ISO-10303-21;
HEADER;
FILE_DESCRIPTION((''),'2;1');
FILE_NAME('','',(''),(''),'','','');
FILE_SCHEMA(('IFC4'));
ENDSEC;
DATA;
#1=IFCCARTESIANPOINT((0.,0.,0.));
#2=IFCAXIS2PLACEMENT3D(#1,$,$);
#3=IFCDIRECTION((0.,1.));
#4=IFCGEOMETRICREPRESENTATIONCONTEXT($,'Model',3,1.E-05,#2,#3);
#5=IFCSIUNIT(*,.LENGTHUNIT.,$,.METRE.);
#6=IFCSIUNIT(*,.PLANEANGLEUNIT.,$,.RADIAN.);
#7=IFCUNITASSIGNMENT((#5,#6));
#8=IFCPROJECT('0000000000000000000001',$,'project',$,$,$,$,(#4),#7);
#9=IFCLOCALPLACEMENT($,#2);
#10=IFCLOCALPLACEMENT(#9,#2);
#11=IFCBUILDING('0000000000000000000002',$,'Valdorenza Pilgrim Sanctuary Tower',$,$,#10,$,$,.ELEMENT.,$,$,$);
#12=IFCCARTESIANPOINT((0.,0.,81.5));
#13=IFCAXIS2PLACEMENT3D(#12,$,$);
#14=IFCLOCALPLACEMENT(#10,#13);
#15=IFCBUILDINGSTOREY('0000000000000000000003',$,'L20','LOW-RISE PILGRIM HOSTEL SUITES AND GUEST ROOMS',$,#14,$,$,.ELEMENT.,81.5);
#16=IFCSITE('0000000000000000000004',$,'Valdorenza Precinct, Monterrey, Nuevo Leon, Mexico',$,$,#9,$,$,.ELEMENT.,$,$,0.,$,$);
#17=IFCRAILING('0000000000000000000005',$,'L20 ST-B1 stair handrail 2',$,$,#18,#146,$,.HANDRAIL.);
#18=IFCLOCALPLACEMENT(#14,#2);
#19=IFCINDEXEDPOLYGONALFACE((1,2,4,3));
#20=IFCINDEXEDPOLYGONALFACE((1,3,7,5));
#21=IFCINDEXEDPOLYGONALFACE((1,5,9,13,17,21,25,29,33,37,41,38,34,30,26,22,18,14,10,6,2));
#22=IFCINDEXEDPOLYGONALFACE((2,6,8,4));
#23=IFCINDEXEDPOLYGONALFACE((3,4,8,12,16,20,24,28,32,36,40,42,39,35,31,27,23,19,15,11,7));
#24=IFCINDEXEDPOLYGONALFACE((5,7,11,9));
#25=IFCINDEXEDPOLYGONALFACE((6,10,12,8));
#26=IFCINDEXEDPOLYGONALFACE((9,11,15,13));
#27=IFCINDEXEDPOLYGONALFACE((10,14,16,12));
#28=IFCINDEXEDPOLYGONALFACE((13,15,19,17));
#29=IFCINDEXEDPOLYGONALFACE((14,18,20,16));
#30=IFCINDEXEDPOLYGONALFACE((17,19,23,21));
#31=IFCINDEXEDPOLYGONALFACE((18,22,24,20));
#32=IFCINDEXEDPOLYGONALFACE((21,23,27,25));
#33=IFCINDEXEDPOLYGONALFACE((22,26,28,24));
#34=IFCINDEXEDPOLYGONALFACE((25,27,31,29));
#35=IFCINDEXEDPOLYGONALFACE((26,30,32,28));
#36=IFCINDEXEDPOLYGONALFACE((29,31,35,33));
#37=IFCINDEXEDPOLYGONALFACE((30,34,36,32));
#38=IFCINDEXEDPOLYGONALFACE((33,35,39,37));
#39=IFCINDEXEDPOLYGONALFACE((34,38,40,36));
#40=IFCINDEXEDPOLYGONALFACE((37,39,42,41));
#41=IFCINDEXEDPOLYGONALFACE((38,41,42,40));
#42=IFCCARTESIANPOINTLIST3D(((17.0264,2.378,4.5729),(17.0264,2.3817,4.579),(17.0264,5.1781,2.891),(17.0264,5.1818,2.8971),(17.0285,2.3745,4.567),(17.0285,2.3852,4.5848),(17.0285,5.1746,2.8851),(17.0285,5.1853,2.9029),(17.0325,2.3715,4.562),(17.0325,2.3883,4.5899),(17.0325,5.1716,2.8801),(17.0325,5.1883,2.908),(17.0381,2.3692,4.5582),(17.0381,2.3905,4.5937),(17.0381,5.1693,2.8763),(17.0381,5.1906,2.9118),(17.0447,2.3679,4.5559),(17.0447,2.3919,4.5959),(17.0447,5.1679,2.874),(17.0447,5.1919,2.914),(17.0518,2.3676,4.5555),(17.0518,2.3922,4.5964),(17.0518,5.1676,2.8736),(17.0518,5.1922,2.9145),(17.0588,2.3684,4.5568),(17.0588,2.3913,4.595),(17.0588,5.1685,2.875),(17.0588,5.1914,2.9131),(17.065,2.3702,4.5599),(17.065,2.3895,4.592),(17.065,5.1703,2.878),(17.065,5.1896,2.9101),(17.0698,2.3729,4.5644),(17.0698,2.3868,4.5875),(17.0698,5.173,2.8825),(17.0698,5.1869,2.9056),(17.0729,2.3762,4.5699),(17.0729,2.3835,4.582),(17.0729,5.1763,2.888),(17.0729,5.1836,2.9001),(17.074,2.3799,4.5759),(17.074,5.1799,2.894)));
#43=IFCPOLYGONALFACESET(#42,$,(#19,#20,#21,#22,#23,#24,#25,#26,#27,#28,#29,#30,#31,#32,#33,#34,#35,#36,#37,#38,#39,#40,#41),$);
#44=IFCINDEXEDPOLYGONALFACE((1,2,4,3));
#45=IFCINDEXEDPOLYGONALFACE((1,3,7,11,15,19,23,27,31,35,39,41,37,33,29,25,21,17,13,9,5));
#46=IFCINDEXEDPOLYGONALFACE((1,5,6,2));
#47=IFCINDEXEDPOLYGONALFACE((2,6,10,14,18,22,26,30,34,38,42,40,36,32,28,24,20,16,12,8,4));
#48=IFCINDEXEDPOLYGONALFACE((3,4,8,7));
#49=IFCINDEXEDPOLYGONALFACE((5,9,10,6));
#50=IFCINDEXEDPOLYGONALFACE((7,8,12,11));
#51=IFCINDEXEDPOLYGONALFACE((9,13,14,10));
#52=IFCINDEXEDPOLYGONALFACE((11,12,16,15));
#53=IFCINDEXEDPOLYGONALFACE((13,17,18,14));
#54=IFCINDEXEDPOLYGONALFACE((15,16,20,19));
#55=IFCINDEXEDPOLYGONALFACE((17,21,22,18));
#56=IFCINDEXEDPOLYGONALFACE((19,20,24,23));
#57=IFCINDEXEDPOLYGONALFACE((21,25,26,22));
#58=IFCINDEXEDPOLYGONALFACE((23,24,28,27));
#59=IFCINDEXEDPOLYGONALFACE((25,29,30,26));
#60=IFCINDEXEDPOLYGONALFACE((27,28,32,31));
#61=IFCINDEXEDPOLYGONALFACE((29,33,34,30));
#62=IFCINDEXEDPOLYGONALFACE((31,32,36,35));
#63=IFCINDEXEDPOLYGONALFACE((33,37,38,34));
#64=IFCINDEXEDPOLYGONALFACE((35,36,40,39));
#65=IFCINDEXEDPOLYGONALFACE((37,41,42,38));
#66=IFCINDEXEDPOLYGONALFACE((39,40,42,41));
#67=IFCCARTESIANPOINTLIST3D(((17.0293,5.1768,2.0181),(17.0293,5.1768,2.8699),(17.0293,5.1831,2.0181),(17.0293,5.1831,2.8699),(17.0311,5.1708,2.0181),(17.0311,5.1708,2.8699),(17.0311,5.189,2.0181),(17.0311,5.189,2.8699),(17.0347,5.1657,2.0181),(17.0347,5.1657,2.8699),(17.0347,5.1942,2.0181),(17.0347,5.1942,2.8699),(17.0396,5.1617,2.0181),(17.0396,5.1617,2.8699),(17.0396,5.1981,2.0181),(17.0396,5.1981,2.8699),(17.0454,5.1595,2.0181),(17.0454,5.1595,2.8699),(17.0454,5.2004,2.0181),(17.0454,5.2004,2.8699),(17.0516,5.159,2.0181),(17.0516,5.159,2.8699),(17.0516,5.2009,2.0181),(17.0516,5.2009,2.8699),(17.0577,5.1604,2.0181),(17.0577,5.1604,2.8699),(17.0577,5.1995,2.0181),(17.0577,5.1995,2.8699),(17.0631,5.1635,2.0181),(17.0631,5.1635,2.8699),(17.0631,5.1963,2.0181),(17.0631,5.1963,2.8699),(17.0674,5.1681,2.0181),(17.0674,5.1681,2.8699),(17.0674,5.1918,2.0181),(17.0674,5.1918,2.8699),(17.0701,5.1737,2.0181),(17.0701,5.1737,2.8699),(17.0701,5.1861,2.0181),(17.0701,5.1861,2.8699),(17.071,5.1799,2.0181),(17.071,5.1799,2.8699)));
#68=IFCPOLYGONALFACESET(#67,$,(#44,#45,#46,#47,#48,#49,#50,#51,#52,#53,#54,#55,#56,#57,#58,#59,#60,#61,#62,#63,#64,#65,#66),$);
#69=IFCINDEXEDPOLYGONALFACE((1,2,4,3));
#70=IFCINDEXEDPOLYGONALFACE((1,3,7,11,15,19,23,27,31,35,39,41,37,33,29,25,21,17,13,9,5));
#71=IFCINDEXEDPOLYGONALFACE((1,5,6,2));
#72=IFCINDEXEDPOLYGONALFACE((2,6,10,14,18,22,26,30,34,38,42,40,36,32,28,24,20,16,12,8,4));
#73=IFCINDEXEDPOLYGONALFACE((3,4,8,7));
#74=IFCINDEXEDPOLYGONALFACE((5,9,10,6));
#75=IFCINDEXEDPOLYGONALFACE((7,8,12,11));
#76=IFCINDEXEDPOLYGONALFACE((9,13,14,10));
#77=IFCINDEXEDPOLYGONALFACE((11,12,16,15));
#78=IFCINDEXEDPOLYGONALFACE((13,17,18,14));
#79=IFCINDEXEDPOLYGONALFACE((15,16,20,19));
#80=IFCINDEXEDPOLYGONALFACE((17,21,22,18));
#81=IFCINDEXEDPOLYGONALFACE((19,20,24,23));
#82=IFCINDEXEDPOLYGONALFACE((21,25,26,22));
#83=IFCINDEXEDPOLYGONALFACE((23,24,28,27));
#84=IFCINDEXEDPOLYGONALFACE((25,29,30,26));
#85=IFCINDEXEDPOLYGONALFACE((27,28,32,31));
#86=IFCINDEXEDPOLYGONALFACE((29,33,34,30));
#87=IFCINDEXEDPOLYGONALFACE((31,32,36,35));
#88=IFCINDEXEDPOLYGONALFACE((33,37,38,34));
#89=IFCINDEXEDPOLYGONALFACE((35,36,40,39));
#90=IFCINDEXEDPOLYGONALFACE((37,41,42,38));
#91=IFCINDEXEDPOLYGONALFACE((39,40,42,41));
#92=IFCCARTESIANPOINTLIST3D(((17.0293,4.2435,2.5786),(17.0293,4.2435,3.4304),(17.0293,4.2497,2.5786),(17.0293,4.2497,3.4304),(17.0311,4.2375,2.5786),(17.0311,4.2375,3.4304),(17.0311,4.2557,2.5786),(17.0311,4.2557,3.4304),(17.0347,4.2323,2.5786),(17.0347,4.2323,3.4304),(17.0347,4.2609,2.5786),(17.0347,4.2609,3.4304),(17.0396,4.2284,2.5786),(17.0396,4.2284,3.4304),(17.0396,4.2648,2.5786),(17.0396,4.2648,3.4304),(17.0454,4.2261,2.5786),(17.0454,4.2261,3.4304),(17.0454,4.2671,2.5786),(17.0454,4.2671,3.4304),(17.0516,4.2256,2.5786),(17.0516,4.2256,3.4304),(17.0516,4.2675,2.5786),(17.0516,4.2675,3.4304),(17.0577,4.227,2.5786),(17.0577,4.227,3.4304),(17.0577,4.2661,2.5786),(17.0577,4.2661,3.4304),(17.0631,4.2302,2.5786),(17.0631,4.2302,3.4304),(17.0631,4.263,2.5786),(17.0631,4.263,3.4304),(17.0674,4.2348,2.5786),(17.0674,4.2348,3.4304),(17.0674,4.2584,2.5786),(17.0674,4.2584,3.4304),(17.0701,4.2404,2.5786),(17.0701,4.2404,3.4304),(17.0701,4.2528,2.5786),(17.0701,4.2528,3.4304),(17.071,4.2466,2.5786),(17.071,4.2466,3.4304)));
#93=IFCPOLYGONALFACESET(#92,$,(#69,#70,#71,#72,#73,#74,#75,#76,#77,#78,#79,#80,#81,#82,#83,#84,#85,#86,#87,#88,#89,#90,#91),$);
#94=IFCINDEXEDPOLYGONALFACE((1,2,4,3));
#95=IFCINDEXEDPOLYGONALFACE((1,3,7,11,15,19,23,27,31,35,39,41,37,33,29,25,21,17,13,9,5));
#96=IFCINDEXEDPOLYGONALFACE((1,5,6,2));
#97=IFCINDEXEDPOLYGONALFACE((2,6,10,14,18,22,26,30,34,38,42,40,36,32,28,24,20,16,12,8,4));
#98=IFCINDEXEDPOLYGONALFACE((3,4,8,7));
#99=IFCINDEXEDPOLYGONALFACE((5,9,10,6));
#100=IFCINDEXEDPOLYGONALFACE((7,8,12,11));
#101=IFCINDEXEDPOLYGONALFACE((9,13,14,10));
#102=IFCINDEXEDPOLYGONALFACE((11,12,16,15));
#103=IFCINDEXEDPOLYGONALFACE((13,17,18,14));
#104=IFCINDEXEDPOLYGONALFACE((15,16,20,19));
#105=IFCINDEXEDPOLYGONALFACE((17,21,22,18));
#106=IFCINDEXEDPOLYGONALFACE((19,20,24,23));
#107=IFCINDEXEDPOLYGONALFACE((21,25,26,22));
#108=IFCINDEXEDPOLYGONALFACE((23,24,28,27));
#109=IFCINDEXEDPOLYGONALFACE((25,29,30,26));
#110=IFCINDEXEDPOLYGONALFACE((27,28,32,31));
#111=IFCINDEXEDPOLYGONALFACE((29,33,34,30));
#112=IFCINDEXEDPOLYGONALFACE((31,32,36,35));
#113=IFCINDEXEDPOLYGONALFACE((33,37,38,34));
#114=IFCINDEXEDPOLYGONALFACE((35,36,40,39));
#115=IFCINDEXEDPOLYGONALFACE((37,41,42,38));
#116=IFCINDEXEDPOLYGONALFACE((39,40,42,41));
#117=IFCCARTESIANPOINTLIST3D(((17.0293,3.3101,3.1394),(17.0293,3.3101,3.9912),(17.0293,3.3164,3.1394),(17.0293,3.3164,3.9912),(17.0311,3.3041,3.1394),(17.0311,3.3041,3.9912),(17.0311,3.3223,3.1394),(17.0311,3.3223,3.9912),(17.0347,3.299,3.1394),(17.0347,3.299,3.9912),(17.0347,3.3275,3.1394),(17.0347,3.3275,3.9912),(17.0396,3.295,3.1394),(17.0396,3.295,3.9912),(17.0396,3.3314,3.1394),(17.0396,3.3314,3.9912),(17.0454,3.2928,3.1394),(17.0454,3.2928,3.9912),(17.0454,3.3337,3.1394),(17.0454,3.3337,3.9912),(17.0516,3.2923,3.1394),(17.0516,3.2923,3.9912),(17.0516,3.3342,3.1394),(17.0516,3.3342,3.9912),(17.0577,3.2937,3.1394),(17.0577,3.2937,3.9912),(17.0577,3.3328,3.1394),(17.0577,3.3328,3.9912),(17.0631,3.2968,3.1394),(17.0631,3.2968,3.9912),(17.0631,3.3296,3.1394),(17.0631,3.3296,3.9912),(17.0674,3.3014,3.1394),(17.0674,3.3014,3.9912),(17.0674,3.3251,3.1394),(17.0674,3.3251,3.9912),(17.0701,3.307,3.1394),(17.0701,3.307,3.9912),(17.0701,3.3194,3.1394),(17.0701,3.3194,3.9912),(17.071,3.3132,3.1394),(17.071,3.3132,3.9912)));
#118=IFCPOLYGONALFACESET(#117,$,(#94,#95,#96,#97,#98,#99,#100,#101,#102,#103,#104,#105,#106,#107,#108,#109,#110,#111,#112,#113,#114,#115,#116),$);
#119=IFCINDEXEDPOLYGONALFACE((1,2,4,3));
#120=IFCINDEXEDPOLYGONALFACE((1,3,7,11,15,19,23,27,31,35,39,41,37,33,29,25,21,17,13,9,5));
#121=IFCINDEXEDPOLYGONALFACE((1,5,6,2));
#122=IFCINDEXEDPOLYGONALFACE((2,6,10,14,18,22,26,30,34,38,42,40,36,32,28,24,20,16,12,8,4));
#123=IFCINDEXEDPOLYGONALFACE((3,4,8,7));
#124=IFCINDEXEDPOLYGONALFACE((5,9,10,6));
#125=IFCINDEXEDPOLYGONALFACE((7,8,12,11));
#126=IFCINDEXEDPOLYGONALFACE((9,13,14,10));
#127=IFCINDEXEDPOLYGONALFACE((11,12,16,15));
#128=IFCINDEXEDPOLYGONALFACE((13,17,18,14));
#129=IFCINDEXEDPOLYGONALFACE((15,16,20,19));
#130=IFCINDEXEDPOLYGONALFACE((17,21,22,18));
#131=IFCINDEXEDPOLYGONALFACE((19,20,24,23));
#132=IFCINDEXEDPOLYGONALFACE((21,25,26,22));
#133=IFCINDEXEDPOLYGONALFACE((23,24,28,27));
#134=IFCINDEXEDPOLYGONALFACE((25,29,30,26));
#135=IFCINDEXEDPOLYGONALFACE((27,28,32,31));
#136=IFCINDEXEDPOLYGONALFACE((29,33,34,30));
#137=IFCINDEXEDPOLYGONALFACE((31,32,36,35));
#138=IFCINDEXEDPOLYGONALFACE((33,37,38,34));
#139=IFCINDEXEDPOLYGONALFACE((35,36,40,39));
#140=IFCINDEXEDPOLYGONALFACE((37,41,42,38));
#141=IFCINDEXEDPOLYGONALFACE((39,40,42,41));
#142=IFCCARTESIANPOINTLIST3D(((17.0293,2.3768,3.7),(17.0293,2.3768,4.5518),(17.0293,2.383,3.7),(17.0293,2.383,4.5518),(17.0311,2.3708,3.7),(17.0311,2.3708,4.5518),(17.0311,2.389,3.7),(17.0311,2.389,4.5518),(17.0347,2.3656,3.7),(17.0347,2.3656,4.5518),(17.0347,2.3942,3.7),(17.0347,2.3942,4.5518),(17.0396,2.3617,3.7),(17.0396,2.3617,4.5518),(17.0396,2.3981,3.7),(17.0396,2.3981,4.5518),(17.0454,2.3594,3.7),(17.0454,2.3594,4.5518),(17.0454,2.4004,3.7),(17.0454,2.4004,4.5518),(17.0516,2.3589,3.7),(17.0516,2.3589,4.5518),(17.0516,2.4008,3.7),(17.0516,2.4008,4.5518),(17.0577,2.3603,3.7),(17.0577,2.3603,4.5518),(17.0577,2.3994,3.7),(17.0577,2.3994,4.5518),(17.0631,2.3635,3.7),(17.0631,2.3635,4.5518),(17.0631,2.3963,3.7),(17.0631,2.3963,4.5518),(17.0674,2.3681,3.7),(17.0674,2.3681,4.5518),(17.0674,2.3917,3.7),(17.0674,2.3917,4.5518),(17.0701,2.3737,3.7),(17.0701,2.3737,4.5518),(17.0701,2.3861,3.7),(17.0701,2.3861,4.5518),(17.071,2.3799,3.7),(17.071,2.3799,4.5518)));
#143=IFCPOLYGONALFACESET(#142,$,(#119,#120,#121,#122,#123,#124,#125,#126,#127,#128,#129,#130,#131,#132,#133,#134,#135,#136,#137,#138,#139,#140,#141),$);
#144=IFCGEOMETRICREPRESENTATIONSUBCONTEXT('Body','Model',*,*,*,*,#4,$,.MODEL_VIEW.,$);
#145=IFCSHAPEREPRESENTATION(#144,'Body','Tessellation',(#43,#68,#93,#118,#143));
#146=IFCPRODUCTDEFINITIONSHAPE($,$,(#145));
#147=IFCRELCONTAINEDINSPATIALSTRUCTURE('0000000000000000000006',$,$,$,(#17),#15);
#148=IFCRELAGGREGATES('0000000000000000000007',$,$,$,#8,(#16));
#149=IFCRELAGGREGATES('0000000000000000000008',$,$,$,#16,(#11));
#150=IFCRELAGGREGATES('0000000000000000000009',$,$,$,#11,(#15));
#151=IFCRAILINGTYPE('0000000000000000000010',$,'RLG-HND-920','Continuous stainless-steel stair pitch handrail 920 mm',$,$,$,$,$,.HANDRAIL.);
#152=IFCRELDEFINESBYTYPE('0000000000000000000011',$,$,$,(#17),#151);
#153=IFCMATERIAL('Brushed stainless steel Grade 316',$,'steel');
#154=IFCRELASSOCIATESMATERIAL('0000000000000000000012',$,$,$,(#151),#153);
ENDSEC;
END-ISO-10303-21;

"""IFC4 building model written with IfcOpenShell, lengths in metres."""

from ifc_helpers import new_model, si_unit, direction, frame, origin, origin_2d, place, context, subcontext, project, spatial, circle, extrude, material, type_object, element, save


model = new_model("IFC4")

# Units and contexts
model_context = context("Model", 3, precision=1e-05, world=origin(), true_north=direction((0.0, 1.0)))
body_context = subcontext(model_context, "Body", "Model", "MODEL_VIEW")
ifc_project = project(units=[si_unit("LENGTHUNIT", "METRE"), si_unit("PLANEANGLEUNIT", "RADIAN")], contexts=[model_context])

# Site, building, storey
site_placement = place(None, origin())
site = spatial("IfcSite", under=ifc_project, at=site_placement, Name="Valdorenza Precinct, Monterrey, Nuevo Leon, Mexico", CompositionType="ELEMENT", RefElevation=0.0)
building_placement = place(site_placement, origin())
building = spatial("IfcBuilding", under=site, at=building_placement, Name="Valdorenza Pilgrim Sanctuary Tower", CompositionType="ELEMENT")
storey_placement = place(building_placement, frame((0.0, 0.0, 81.5)))
storey = spatial("IfcBuildingStorey", under=building, at=storey_placement, Name="L20", Description="LOW-RISE PILGRIM HOSTEL SUITES AND GUEST ROOMS", CompositionType="ELEMENT", Elevation=81.5)

# Railing
ifc_material_1 = material(Name="Brushed stainless steel Grade 316", Category="steel")
railing_type_1 = type_object("IfcRailingType", Name="RLG-HND-920", Description="Continuous stainless-steel stair pitch handrail 920 mm", PredefinedType="HANDRAIL", material=ifc_material_1)
railing_1_placement = place(storey_placement, frame((17.05, 5.1799, 2.0181)))
element("IfcRailing", 1, at=railing_1_placement, inside=storey, type_object=railing_type_1, Name="L20 ST-B1 stair handrail 2", PredefinedType="HANDRAIL", context=body_context, shape_type="SweptSolid", body=[
    extrude(circle(Radius=0.0239, at=origin_2d()), frame((0.0, 0.0, 0.876), z_axis=(0.0, -0.857242, 0.514913), x_axis=(1.0, 0.0, 0.0)), (0.0, 0.0, 1.0), 3.2664),
    extrude(circle(Radius=0.021, at=origin_2d()), origin(), (0.0, 0.0, 1.0), 0.8518),
    extrude(circle(Radius=0.021, at=origin_2d()), frame((0.0, -0.9333, 0.5605)), (0.0, 0.0, 1.0), 0.8518),
    extrude(circle(Radius=0.021, at=origin_2d()), frame((0.0, -1.8667, 1.1213)), (0.0, 0.0, 1.0), 0.8518),
    extrude(circle(Radius=0.021, at=origin_2d()), frame((0.0, -2.8, 1.6819)), (0.0, 0.0, 1.0), 0.8518),
])

save(model, "model.ifc")
